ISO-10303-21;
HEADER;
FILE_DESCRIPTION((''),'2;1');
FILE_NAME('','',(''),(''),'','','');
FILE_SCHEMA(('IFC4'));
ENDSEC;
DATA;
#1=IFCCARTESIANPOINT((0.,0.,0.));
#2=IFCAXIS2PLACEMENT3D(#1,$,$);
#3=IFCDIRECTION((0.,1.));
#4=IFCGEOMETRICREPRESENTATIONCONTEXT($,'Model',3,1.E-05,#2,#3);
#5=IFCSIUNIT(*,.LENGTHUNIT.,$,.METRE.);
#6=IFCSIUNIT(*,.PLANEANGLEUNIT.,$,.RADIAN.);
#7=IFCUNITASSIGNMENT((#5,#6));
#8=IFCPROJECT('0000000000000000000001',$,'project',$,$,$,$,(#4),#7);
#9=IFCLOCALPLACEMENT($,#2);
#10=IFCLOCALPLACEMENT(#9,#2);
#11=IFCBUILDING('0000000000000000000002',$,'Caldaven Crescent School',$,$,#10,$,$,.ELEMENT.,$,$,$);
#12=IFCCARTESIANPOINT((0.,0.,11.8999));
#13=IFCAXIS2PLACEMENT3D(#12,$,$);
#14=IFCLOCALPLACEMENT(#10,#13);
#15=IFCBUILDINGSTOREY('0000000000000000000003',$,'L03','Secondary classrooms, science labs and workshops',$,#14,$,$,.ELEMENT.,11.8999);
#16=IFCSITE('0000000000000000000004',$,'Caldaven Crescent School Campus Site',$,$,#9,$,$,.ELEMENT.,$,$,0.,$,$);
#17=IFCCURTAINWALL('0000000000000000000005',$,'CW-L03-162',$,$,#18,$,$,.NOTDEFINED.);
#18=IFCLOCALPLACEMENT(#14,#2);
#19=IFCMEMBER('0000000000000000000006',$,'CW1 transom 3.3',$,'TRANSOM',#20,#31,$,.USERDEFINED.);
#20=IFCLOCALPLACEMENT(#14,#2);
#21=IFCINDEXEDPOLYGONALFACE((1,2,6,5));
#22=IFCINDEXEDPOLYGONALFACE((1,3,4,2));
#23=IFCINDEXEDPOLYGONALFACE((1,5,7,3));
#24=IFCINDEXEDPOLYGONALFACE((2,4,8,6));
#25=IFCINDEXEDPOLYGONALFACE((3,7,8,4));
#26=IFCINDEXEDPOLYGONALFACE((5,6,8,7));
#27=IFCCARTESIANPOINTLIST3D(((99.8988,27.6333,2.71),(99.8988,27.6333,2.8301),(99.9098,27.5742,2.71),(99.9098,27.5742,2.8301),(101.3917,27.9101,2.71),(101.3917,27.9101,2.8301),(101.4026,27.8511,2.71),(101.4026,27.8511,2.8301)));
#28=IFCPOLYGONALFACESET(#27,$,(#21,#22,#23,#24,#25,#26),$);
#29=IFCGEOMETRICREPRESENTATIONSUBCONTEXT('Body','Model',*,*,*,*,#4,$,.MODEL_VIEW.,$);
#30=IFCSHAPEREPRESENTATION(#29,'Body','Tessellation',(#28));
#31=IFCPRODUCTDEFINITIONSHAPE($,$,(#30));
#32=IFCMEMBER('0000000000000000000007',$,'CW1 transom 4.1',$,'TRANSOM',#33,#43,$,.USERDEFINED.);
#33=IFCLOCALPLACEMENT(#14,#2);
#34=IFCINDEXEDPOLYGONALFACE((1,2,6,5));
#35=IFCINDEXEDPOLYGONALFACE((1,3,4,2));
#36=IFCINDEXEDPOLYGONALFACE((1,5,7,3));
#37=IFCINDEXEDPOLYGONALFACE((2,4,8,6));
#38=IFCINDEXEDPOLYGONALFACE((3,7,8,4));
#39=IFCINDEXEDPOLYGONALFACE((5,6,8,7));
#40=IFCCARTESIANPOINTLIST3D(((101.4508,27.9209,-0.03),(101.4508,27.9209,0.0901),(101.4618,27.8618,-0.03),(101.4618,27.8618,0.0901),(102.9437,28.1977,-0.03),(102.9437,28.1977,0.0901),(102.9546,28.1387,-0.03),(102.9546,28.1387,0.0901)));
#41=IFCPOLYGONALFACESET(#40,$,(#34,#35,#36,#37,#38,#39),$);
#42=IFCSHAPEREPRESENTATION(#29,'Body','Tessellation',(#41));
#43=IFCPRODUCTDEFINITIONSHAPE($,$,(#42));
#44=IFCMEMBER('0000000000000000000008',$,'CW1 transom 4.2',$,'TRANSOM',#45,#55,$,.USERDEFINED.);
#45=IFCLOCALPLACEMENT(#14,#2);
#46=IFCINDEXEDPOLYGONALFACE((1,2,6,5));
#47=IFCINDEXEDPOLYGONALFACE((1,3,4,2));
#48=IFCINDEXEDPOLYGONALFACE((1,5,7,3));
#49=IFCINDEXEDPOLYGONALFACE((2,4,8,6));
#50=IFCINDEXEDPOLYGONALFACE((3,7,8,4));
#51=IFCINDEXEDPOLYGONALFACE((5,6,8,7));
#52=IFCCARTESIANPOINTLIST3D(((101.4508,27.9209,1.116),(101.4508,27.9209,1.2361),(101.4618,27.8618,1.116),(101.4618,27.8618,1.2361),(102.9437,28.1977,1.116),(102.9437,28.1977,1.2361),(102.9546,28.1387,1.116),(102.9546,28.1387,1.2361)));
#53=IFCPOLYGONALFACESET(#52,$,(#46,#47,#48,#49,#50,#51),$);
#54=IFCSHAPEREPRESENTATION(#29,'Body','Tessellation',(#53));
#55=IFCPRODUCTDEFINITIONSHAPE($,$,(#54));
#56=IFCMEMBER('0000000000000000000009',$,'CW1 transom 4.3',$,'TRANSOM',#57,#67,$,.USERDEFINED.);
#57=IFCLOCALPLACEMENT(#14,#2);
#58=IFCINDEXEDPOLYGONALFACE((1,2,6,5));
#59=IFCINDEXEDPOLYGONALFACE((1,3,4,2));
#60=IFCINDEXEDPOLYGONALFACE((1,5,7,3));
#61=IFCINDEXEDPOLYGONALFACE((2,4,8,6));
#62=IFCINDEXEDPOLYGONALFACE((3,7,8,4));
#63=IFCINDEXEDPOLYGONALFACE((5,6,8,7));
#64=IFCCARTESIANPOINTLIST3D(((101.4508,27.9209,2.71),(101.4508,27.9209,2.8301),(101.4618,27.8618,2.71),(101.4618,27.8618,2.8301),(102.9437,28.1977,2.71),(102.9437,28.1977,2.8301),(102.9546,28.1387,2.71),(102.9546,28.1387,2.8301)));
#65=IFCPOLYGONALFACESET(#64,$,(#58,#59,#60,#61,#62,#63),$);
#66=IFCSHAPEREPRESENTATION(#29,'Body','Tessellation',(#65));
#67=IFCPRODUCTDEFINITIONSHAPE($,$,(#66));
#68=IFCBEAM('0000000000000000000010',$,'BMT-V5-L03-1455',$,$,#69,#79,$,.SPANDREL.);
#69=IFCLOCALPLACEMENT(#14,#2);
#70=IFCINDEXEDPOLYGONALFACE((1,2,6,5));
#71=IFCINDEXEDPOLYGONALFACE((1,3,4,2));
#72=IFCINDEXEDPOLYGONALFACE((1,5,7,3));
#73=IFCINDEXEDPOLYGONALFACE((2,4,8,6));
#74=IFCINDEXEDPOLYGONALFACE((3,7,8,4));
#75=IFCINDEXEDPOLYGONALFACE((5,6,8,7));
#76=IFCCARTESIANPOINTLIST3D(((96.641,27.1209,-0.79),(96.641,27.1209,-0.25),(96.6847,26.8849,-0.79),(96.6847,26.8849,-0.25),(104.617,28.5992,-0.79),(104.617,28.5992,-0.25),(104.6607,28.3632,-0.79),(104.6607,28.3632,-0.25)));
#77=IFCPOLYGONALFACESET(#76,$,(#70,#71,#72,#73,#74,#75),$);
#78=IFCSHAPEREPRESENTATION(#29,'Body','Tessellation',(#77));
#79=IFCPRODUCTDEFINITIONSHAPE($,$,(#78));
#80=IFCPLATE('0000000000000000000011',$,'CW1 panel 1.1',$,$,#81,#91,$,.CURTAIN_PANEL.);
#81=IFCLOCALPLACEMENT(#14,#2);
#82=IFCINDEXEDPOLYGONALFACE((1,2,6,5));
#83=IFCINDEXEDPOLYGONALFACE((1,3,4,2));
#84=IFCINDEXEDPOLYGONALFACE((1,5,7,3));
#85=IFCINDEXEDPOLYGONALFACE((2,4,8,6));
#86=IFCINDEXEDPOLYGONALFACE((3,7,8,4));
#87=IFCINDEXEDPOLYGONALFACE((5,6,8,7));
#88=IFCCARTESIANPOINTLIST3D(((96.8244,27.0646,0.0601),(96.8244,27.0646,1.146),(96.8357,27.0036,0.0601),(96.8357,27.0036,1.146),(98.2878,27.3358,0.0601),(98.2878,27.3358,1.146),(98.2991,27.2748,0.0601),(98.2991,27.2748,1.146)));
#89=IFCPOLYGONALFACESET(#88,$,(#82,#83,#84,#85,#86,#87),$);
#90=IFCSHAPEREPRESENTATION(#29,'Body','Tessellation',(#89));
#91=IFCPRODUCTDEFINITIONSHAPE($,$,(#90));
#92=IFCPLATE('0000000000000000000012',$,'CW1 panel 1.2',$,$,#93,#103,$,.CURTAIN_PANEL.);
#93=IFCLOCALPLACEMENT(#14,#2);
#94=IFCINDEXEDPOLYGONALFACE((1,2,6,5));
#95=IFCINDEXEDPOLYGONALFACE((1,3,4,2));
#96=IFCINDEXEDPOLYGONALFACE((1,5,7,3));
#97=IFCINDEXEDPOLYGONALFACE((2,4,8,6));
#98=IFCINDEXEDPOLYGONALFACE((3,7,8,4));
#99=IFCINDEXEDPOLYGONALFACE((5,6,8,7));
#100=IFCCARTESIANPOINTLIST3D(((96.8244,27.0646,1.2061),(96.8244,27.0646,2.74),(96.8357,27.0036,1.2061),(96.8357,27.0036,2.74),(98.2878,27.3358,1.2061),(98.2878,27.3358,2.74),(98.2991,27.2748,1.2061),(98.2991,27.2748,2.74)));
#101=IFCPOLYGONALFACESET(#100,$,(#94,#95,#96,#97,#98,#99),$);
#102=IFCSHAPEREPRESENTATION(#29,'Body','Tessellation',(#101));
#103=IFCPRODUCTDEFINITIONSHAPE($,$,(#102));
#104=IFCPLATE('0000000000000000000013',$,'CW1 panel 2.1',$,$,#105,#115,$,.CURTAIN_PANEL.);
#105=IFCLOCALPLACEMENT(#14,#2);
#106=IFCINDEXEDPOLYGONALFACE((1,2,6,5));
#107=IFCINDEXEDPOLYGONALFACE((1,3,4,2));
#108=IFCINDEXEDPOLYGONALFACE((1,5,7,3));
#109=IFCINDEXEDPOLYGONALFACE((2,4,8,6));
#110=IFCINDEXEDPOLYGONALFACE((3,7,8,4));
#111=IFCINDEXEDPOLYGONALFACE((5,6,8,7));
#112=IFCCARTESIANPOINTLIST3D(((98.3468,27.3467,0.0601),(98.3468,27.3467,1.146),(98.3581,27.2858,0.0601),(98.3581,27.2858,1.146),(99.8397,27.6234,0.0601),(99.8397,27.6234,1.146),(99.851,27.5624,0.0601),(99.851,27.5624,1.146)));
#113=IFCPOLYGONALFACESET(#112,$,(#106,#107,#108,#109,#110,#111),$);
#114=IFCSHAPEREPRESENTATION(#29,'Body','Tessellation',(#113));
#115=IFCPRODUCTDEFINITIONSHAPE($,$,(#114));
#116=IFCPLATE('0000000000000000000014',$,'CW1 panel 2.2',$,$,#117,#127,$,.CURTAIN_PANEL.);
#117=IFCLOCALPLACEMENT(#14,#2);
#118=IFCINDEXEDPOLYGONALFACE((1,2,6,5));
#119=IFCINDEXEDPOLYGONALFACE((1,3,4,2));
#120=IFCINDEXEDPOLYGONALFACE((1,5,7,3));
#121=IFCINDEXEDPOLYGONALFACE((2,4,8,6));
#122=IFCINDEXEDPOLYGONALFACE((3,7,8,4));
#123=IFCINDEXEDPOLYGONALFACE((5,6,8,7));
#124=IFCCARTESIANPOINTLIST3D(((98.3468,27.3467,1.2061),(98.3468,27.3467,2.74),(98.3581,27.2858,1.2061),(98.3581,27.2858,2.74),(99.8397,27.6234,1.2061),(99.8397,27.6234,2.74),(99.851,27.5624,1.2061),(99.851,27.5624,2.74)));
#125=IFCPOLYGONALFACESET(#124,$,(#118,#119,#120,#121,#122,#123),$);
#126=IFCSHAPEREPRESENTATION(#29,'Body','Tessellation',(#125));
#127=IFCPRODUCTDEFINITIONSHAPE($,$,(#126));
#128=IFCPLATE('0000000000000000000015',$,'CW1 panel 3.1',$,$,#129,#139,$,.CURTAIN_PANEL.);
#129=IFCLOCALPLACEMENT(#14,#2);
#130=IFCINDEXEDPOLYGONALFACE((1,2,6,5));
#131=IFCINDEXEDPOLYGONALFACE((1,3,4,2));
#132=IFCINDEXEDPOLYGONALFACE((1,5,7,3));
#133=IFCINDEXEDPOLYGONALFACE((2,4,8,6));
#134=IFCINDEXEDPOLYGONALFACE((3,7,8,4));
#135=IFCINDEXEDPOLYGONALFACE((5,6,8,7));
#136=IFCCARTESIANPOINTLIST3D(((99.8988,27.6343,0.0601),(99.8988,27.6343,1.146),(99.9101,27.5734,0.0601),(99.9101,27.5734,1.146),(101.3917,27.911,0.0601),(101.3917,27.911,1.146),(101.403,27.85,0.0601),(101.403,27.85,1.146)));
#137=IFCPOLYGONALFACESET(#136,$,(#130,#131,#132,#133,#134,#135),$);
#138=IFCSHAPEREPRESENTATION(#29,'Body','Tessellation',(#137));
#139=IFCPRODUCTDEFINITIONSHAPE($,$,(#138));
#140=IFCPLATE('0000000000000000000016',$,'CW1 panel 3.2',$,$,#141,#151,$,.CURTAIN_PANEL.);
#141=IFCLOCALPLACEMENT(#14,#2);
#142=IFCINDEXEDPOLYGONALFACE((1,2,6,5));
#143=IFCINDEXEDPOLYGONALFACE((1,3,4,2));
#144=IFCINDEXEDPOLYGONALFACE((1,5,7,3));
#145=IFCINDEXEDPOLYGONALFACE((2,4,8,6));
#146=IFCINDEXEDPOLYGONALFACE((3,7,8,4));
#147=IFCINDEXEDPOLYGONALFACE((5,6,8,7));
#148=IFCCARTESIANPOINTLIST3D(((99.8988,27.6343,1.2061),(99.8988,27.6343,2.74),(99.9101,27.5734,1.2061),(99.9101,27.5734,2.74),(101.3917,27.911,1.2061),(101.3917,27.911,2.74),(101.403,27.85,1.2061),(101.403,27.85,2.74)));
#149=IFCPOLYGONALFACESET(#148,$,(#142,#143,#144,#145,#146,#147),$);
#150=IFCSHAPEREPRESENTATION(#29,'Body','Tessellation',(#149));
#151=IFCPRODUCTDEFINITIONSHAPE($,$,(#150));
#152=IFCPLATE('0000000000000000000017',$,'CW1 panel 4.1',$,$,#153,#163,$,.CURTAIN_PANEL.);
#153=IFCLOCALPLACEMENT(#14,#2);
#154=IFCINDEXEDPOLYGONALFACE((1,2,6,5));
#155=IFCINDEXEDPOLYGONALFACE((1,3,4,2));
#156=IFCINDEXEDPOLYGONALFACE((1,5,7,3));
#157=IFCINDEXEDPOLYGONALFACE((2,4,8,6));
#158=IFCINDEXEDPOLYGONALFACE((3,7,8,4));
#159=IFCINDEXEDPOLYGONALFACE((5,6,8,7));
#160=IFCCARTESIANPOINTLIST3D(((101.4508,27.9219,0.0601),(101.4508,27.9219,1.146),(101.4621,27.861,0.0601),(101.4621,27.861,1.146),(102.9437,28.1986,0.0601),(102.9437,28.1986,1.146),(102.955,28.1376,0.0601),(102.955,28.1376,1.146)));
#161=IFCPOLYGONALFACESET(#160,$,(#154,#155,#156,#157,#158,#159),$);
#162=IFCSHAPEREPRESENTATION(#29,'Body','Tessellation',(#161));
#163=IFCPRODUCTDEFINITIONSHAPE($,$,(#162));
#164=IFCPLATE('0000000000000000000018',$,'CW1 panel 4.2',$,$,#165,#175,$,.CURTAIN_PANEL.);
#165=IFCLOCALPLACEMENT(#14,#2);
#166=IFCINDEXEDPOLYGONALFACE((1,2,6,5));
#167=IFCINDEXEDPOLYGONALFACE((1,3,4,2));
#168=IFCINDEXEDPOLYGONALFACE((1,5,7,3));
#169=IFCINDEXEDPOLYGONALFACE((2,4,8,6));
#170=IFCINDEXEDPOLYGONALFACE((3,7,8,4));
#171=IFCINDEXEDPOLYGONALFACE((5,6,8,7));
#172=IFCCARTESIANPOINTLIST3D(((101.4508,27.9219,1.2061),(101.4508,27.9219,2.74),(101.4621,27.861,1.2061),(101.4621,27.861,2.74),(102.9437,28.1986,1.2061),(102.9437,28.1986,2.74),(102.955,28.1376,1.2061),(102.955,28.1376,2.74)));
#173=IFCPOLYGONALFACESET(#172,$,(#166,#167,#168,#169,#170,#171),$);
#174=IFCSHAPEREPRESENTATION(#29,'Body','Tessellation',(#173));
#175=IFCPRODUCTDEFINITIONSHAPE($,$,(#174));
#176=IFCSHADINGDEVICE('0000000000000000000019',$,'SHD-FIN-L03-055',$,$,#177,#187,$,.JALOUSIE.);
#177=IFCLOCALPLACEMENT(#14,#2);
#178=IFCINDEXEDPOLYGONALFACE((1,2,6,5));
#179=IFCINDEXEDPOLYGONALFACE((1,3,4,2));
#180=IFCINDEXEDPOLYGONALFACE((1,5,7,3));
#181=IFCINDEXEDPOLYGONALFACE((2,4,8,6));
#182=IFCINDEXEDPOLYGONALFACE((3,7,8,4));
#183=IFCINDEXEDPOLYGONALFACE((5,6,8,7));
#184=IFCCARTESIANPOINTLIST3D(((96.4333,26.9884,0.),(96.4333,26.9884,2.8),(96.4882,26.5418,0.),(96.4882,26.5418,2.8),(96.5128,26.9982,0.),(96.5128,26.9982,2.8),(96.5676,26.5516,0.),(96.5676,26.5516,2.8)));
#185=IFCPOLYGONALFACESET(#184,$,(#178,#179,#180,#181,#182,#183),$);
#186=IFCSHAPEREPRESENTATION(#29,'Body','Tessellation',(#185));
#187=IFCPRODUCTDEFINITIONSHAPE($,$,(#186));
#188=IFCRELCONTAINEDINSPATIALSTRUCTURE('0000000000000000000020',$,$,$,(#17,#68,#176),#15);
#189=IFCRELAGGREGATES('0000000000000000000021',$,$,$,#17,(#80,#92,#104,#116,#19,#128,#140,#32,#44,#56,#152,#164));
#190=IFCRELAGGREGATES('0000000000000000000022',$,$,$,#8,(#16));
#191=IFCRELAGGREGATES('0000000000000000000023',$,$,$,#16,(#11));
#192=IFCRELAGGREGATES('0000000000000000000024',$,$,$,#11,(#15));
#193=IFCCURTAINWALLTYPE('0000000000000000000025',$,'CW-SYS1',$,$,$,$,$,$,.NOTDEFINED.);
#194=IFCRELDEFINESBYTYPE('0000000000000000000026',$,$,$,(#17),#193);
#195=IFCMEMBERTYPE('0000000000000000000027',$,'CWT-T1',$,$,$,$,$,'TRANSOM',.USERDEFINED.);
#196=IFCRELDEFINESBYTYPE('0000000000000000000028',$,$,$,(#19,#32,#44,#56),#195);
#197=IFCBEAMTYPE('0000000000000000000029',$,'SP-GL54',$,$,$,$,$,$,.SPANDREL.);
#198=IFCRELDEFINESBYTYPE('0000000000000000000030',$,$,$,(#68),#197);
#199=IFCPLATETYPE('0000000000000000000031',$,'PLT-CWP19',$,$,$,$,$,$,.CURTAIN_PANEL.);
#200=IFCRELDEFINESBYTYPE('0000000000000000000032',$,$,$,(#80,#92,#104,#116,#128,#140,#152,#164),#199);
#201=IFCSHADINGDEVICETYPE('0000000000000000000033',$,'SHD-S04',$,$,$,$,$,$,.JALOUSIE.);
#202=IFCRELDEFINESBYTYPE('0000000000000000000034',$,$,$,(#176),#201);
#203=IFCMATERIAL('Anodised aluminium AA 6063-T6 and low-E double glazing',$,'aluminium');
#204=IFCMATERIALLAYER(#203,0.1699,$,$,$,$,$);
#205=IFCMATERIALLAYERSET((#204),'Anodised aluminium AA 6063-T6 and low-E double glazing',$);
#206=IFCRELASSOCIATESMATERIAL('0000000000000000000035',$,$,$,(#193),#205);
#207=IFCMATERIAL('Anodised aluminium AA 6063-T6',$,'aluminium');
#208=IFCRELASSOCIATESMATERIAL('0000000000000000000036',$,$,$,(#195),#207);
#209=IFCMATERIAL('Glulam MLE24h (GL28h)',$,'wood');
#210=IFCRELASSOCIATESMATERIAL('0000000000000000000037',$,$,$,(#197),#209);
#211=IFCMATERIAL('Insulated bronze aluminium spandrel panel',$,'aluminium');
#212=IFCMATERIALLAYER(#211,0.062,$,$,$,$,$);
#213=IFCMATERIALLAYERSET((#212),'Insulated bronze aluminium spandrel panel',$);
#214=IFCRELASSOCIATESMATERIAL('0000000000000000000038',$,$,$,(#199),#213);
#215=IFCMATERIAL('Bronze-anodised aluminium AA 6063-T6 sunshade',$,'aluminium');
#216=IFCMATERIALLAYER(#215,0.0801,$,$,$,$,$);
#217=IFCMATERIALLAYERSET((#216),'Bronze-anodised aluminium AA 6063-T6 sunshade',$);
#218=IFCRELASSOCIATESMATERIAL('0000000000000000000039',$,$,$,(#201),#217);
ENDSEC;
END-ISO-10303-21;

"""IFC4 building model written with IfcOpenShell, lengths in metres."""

from ifc_helpers import new_model, si_unit, direction, frame, origin, origin_2d, place, context, subcontext, project, spatial, rectangle, extrude, material, layer, layer_set, material_profile, profile_set, type_object, element, aggregate, save


model = new_model("IFC4")

# Units and contexts
model_context = context("Model", 3, precision=1e-05, world=origin(), true_north=direction((0.0, 1.0)))
body_context = subcontext(model_context, "Body", "Model", "MODEL_VIEW")
ifc_project = project(units=[si_unit("LENGTHUNIT", "METRE"), si_unit("PLANEANGLEUNIT", "RADIAN")], contexts=[model_context])

# Site, building, storey
site_placement = place(None, origin())
site = spatial("IfcSite", under=ifc_project, at=site_placement, Name="Caldaven Crescent School Campus Site", CompositionType="ELEMENT", RefElevation=0.0)
building_placement = place(site_placement, origin())
building = spatial("IfcBuilding", under=site, at=building_placement, Name="Caldaven Crescent School", CompositionType="ELEMENT")
storey_placement = place(building_placement, frame((0.0, 0.0, 11.8999)))
storey = spatial("IfcBuildingStorey", under=building, at=storey_placement, Name="L03", Description="Secondary classrooms, science labs and workshops", CompositionType="ELEMENT", Elevation=11.8999)

# Shared definitions
ifc_material_1 = material(Name="Glulam MLE24h (GL28h)", Category="wood")

# Curtain wall, members
ifc_material_2 = material(Name="Anodised aluminium AA 6063-T6 and low-E double glazing", Category="aluminium")
ifc_layer_1 = layer(ifc_material_2, 0.1699)
ifc_layer_set_1 = layer_set([ifc_layer_1], Name="Anodised aluminium AA 6063-T6 and low-E double glazing")
curtain_wall_type = type_object("IfcCurtainWallType", Name="CW-SYS1", PredefinedType="NOTDEFINED", material=ifc_layer_set_1)
curtain_wall_placement = place(storey_placement, origin())
curtain_wall = element("IfcCurtainWall", 1, at=curtain_wall_placement, inside=storey, type_object=curtain_wall_type, Name="CW-L03-162", PredefinedType="NOTDEFINED")
ifc_material_3 = material(Name="Anodised aluminium AA 6063-T6", Category="aluminium")
ifc_material_profile_1 = material_profile(ifc_material_3, rectangle(XDim=0.0601, YDim=0.1201, at=origin_2d()), Name="CWT 60x120")
ifc_profile_set_1 = profile_set([ifc_material_profile_1], Name="Anodised aluminium AA 6063-T6")
member_type_1 = type_object("IfcMemberType", Name="CWT-T1", ElementType="TRANSOM", PredefinedType="USERDEFINED", material=ifc_profile_set_1)
member_1_placement = place(storey_placement, frame((99.9043, 27.6038, 2.77), z_axis=(0.983236, 0.182337, 0.0), x_axis=(-0.182337, 0.983236, 0.0)))
member_1 = element("IfcMember", 2, at=member_1_placement, type_object=member_type_1, Name="CW1 transom 3.3", ObjectType="TRANSOM", PredefinedType="USERDEFINED", context=body_context, shape_type="SweptSolid", body=[
    extrude(rectangle(XDim=0.0601, YDim=0.1201, at=origin_2d()), origin(), (0.0, 0.0, 1.0), 1.5183),
])
member_2_placement = place(storey_placement, frame((101.4563, 27.8914, 0.03), z_axis=(0.983236, 0.182337, 0.0), x_axis=(-0.182337, 0.983236, 0.0)))
member_2 = element("IfcMember", 3, at=member_2_placement, type_object=member_type_1, Name="CW1 transom 4.1", ObjectType="TRANSOM", PredefinedType="USERDEFINED", context=body_context, shape_type="SweptSolid", body=[
    extrude(rectangle(XDim=0.0601, YDim=0.1201, at=origin_2d()), origin(), (0.0, 0.0, 1.0), 1.5183),
])
member_3_placement = place(storey_placement, frame((101.4563, 27.8914, 1.176), z_axis=(0.983236, 0.182337, 0.0), x_axis=(-0.182337, 0.983236, 0.0)))
member_3 = element("IfcMember", 4, at=member_3_placement, type_object=member_type_1, Name="CW1 transom 4.2", ObjectType="TRANSOM", PredefinedType="USERDEFINED", context=body_context, shape_type="SweptSolid", body=[
    extrude(rectangle(XDim=0.0601, YDim=0.1201, at=origin_2d()), origin(), (0.0, 0.0, 1.0), 1.5183),
])
member_4_placement = place(storey_placement, frame((101.4563, 27.8914, 2.77), z_axis=(0.983236, 0.182337, 0.0), x_axis=(-0.182337, 0.983236, 0.0)))
member_4 = element("IfcMember", 5, at=member_4_placement, type_object=member_type_1, Name="CW1 transom 4.3", ObjectType="TRANSOM", PredefinedType="USERDEFINED", context=body_context, shape_type="SweptSolid", body=[
    extrude(rectangle(XDim=0.0601, YDim=0.1201, at=origin_2d()), origin(), (0.0, 0.0, 1.0), 1.5183),
])

# Beam
ifc_material_profile_2 = material_profile(ifc_material_1, rectangle(XDim=0.24, YDim=0.54, at=origin_2d()), Name="MLE 240x540")
ifc_profile_set_2 = profile_set([ifc_material_profile_2], Name="Glulam MLE24h (GL28h)")
beam_type = type_object("IfcBeamType", Name="SP-GL54", PredefinedType="SPANDREL", material=ifc_profile_set_2)
beam_placement = place(storey_placement, frame((96.6628, 27.0029, -0.52), z_axis=(0.983255, 0.182235, 0.0), x_axis=(-0.182235, 0.983255, 0.0)))
element("IfcBeam", 6, at=beam_placement, inside=storey, type_object=beam_type, Name="BMT-V5-L03-1455", PredefinedType="SPANDREL", context=body_context, shape_type="SweptSolid", body=[
    extrude(rectangle(XDim=0.24, YDim=0.54, at=origin_2d()), origin(), (0.0, 0.0, 1.0), 8.1118),
])

# Plates
ifc_material_4 = material(Name="Insulated bronze aluminium spandrel panel", Category="aluminium")
ifc_layer_2 = layer(ifc_material_4, 0.062)
ifc_layer_set_2 = layer_set([ifc_layer_2], Name="Insulated bronze aluminium spandrel panel")
plate_type = type_object("IfcPlateType", Name="PLT-CWP19", PredefinedType="CURTAIN_PANEL", material=ifc_layer_set_2)
plate_1_placement = place(storey_placement, frame((97.5618, 27.1697, 0.0601), z_axis=(0.0, 0.0, 1.0), x_axis=(0.983255, 0.182235, 0.0)))
plate_1 = element("IfcPlate", 7, at=plate_1_placement, type_object=plate_type, Name="CW1 panel 1.1", PredefinedType="CURTAIN_PANEL", context=body_context, shape_type="SweptSolid", body=[
    extrude(rectangle(XDim=1.4883, YDim=0.062, at=origin_2d()), origin(), (0.0, 0.0, 1.0), 1.0859),
])
plate_2_placement = place(storey_placement, frame((97.5618, 27.1697, 1.2061), z_axis=(0.0, 0.0, 1.0), x_axis=(0.983255, 0.182235, 0.0)))
plate_2 = element("IfcPlate", 8, at=plate_2_placement, type_object=plate_type, Name="CW1 panel 1.2", PredefinedType="CURTAIN_PANEL", context=body_context, shape_type="SweptSolid", body=[
    extrude(rectangle(XDim=1.4883, YDim=0.062, at=origin_2d()), origin(), (0.0, 0.0, 1.0), 1.5339),
])
plate_3_placement = place(storey_placement, frame((99.0989, 27.4546, 0.0601), z_axis=(0.0, 0.0, 1.0), x_axis=(0.983255, 0.182235, 0.0)))
plate_3 = element("IfcPlate", 9, at=plate_3_placement, type_object=plate_type, Name="CW1 panel 2.1", PredefinedType="CURTAIN_PANEL", context=body_context, shape_type="SweptSolid", body=[
    extrude(rectangle(XDim=1.5183, YDim=0.062, at=origin_2d()), origin(), (0.0, 0.0, 1.0), 1.0859),
])
plate_4_placement = place(storey_placement, frame((99.0989, 27.4546, 1.2061), z_axis=(0.0, 0.0, 1.0), x_axis=(0.983255, 0.182235, 0.0)))
plate_4 = element("IfcPlate", 10, at=plate_4_placement, type_object=plate_type, Name="CW1 panel 2.2", PredefinedType="CURTAIN_PANEL", context=body_context, shape_type="SweptSolid", body=[
    extrude(rectangle(XDim=1.5183, YDim=0.062, at=origin_2d()), origin(), (0.0, 0.0, 1.0), 1.5339),
])
plate_5_placement = place(storey_placement, frame((100.6509, 27.7422, 0.0601), z_axis=(0.0, 0.0, 1.0), x_axis=(0.983255, 0.182235, 0.0)))
plate_5 = element("IfcPlate", 11, at=plate_5_placement, type_object=plate_type, Name="CW1 panel 3.1", PredefinedType="CURTAIN_PANEL", context=body_context, shape_type="SweptSolid", body=[
    extrude(rectangle(XDim=1.5183, YDim=0.062, at=origin_2d()), origin(), (0.0, 0.0, 1.0), 1.0859),
])
plate_6_placement = place(storey_placement, frame((100.6509, 27.7422, 1.2061), z_axis=(0.0, 0.0, 1.0), x_axis=(0.983255, 0.182235, 0.0)))
plate_6 = element("IfcPlate", 12, at=plate_6_placement, type_object=plate_type, Name="CW1 panel 3.2", PredefinedType="CURTAIN_PANEL", context=body_context, shape_type="SweptSolid", body=[
    extrude(rectangle(XDim=1.5183, YDim=0.062, at=origin_2d()), origin(), (0.0, 0.0, 1.0), 1.5339),
])
plate_7_placement = place(storey_placement, frame((102.2029, 28.0298, 0.0601), z_axis=(0.0, 0.0, 1.0), x_axis=(0.983255, 0.182235, 0.0)))
plate_7 = element("IfcPlate", 13, at=plate_7_placement, type_object=plate_type, Name="CW1 panel 4.1", PredefinedType="CURTAIN_PANEL", context=body_context, shape_type="SweptSolid", body=[
    extrude(rectangle(XDim=1.5183, YDim=0.062, at=origin_2d()), origin(), (0.0, 0.0, 1.0), 1.0859),
])
plate_8_placement = place(storey_placement, frame((102.2029, 28.0298, 1.2061), z_axis=(0.0, 0.0, 1.0), x_axis=(0.983255, 0.182235, 0.0)))
plate_8 = element("IfcPlate", 14, at=plate_8_placement, type_object=plate_type, Name="CW1 panel 4.2", PredefinedType="CURTAIN_PANEL", context=body_context, shape_type="SweptSolid", body=[
    extrude(rectangle(XDim=1.5183, YDim=0.062, at=origin_2d()), origin(), (0.0, 0.0, 1.0), 1.5339),
])
aggregate(curtain_wall, [plate_1, plate_2, plate_3, plate_4, member_1, plate_5, plate_6, member_2, member_3, member_4, plate_7, plate_8])

# Shading device
ifc_material_5 = material(Name="Bronze-anodised aluminium AA 6063-T6 sunshade", Category="aluminium")
ifc_layer_3 = layer(ifc_material_5, 0.0801)
ifc_layer_set_3 = layer_set([ifc_layer_3], Name="Bronze-anodised aluminium AA 6063-T6 sunshade")
shading_device_type = type_object("IfcShadingDeviceType", Name="SHD-S04", PredefinedType="JALOUSIE", material=ifc_layer_set_3)
shading_device_placement = place(storey_placement, frame((96.5005, 26.77, 0.0), z_axis=(0.0, 0.0, 1.0), x_axis=(0.121869, -0.992546, 0.0)))
element("IfcShadingDevice", 15, at=shading_device_placement, inside=storey, type_object=shading_device_type, Name="SHD-FIN-L03-055", PredefinedType="JALOUSIE", context=body_context, shape_type="SweptSolid", body=[
    extrude(rectangle(XDim=0.45, YDim=0.0801, at=origin_2d()), origin(), (0.0, 0.0, 1.0), 2.8),
])

save(model, "model.ifc")
